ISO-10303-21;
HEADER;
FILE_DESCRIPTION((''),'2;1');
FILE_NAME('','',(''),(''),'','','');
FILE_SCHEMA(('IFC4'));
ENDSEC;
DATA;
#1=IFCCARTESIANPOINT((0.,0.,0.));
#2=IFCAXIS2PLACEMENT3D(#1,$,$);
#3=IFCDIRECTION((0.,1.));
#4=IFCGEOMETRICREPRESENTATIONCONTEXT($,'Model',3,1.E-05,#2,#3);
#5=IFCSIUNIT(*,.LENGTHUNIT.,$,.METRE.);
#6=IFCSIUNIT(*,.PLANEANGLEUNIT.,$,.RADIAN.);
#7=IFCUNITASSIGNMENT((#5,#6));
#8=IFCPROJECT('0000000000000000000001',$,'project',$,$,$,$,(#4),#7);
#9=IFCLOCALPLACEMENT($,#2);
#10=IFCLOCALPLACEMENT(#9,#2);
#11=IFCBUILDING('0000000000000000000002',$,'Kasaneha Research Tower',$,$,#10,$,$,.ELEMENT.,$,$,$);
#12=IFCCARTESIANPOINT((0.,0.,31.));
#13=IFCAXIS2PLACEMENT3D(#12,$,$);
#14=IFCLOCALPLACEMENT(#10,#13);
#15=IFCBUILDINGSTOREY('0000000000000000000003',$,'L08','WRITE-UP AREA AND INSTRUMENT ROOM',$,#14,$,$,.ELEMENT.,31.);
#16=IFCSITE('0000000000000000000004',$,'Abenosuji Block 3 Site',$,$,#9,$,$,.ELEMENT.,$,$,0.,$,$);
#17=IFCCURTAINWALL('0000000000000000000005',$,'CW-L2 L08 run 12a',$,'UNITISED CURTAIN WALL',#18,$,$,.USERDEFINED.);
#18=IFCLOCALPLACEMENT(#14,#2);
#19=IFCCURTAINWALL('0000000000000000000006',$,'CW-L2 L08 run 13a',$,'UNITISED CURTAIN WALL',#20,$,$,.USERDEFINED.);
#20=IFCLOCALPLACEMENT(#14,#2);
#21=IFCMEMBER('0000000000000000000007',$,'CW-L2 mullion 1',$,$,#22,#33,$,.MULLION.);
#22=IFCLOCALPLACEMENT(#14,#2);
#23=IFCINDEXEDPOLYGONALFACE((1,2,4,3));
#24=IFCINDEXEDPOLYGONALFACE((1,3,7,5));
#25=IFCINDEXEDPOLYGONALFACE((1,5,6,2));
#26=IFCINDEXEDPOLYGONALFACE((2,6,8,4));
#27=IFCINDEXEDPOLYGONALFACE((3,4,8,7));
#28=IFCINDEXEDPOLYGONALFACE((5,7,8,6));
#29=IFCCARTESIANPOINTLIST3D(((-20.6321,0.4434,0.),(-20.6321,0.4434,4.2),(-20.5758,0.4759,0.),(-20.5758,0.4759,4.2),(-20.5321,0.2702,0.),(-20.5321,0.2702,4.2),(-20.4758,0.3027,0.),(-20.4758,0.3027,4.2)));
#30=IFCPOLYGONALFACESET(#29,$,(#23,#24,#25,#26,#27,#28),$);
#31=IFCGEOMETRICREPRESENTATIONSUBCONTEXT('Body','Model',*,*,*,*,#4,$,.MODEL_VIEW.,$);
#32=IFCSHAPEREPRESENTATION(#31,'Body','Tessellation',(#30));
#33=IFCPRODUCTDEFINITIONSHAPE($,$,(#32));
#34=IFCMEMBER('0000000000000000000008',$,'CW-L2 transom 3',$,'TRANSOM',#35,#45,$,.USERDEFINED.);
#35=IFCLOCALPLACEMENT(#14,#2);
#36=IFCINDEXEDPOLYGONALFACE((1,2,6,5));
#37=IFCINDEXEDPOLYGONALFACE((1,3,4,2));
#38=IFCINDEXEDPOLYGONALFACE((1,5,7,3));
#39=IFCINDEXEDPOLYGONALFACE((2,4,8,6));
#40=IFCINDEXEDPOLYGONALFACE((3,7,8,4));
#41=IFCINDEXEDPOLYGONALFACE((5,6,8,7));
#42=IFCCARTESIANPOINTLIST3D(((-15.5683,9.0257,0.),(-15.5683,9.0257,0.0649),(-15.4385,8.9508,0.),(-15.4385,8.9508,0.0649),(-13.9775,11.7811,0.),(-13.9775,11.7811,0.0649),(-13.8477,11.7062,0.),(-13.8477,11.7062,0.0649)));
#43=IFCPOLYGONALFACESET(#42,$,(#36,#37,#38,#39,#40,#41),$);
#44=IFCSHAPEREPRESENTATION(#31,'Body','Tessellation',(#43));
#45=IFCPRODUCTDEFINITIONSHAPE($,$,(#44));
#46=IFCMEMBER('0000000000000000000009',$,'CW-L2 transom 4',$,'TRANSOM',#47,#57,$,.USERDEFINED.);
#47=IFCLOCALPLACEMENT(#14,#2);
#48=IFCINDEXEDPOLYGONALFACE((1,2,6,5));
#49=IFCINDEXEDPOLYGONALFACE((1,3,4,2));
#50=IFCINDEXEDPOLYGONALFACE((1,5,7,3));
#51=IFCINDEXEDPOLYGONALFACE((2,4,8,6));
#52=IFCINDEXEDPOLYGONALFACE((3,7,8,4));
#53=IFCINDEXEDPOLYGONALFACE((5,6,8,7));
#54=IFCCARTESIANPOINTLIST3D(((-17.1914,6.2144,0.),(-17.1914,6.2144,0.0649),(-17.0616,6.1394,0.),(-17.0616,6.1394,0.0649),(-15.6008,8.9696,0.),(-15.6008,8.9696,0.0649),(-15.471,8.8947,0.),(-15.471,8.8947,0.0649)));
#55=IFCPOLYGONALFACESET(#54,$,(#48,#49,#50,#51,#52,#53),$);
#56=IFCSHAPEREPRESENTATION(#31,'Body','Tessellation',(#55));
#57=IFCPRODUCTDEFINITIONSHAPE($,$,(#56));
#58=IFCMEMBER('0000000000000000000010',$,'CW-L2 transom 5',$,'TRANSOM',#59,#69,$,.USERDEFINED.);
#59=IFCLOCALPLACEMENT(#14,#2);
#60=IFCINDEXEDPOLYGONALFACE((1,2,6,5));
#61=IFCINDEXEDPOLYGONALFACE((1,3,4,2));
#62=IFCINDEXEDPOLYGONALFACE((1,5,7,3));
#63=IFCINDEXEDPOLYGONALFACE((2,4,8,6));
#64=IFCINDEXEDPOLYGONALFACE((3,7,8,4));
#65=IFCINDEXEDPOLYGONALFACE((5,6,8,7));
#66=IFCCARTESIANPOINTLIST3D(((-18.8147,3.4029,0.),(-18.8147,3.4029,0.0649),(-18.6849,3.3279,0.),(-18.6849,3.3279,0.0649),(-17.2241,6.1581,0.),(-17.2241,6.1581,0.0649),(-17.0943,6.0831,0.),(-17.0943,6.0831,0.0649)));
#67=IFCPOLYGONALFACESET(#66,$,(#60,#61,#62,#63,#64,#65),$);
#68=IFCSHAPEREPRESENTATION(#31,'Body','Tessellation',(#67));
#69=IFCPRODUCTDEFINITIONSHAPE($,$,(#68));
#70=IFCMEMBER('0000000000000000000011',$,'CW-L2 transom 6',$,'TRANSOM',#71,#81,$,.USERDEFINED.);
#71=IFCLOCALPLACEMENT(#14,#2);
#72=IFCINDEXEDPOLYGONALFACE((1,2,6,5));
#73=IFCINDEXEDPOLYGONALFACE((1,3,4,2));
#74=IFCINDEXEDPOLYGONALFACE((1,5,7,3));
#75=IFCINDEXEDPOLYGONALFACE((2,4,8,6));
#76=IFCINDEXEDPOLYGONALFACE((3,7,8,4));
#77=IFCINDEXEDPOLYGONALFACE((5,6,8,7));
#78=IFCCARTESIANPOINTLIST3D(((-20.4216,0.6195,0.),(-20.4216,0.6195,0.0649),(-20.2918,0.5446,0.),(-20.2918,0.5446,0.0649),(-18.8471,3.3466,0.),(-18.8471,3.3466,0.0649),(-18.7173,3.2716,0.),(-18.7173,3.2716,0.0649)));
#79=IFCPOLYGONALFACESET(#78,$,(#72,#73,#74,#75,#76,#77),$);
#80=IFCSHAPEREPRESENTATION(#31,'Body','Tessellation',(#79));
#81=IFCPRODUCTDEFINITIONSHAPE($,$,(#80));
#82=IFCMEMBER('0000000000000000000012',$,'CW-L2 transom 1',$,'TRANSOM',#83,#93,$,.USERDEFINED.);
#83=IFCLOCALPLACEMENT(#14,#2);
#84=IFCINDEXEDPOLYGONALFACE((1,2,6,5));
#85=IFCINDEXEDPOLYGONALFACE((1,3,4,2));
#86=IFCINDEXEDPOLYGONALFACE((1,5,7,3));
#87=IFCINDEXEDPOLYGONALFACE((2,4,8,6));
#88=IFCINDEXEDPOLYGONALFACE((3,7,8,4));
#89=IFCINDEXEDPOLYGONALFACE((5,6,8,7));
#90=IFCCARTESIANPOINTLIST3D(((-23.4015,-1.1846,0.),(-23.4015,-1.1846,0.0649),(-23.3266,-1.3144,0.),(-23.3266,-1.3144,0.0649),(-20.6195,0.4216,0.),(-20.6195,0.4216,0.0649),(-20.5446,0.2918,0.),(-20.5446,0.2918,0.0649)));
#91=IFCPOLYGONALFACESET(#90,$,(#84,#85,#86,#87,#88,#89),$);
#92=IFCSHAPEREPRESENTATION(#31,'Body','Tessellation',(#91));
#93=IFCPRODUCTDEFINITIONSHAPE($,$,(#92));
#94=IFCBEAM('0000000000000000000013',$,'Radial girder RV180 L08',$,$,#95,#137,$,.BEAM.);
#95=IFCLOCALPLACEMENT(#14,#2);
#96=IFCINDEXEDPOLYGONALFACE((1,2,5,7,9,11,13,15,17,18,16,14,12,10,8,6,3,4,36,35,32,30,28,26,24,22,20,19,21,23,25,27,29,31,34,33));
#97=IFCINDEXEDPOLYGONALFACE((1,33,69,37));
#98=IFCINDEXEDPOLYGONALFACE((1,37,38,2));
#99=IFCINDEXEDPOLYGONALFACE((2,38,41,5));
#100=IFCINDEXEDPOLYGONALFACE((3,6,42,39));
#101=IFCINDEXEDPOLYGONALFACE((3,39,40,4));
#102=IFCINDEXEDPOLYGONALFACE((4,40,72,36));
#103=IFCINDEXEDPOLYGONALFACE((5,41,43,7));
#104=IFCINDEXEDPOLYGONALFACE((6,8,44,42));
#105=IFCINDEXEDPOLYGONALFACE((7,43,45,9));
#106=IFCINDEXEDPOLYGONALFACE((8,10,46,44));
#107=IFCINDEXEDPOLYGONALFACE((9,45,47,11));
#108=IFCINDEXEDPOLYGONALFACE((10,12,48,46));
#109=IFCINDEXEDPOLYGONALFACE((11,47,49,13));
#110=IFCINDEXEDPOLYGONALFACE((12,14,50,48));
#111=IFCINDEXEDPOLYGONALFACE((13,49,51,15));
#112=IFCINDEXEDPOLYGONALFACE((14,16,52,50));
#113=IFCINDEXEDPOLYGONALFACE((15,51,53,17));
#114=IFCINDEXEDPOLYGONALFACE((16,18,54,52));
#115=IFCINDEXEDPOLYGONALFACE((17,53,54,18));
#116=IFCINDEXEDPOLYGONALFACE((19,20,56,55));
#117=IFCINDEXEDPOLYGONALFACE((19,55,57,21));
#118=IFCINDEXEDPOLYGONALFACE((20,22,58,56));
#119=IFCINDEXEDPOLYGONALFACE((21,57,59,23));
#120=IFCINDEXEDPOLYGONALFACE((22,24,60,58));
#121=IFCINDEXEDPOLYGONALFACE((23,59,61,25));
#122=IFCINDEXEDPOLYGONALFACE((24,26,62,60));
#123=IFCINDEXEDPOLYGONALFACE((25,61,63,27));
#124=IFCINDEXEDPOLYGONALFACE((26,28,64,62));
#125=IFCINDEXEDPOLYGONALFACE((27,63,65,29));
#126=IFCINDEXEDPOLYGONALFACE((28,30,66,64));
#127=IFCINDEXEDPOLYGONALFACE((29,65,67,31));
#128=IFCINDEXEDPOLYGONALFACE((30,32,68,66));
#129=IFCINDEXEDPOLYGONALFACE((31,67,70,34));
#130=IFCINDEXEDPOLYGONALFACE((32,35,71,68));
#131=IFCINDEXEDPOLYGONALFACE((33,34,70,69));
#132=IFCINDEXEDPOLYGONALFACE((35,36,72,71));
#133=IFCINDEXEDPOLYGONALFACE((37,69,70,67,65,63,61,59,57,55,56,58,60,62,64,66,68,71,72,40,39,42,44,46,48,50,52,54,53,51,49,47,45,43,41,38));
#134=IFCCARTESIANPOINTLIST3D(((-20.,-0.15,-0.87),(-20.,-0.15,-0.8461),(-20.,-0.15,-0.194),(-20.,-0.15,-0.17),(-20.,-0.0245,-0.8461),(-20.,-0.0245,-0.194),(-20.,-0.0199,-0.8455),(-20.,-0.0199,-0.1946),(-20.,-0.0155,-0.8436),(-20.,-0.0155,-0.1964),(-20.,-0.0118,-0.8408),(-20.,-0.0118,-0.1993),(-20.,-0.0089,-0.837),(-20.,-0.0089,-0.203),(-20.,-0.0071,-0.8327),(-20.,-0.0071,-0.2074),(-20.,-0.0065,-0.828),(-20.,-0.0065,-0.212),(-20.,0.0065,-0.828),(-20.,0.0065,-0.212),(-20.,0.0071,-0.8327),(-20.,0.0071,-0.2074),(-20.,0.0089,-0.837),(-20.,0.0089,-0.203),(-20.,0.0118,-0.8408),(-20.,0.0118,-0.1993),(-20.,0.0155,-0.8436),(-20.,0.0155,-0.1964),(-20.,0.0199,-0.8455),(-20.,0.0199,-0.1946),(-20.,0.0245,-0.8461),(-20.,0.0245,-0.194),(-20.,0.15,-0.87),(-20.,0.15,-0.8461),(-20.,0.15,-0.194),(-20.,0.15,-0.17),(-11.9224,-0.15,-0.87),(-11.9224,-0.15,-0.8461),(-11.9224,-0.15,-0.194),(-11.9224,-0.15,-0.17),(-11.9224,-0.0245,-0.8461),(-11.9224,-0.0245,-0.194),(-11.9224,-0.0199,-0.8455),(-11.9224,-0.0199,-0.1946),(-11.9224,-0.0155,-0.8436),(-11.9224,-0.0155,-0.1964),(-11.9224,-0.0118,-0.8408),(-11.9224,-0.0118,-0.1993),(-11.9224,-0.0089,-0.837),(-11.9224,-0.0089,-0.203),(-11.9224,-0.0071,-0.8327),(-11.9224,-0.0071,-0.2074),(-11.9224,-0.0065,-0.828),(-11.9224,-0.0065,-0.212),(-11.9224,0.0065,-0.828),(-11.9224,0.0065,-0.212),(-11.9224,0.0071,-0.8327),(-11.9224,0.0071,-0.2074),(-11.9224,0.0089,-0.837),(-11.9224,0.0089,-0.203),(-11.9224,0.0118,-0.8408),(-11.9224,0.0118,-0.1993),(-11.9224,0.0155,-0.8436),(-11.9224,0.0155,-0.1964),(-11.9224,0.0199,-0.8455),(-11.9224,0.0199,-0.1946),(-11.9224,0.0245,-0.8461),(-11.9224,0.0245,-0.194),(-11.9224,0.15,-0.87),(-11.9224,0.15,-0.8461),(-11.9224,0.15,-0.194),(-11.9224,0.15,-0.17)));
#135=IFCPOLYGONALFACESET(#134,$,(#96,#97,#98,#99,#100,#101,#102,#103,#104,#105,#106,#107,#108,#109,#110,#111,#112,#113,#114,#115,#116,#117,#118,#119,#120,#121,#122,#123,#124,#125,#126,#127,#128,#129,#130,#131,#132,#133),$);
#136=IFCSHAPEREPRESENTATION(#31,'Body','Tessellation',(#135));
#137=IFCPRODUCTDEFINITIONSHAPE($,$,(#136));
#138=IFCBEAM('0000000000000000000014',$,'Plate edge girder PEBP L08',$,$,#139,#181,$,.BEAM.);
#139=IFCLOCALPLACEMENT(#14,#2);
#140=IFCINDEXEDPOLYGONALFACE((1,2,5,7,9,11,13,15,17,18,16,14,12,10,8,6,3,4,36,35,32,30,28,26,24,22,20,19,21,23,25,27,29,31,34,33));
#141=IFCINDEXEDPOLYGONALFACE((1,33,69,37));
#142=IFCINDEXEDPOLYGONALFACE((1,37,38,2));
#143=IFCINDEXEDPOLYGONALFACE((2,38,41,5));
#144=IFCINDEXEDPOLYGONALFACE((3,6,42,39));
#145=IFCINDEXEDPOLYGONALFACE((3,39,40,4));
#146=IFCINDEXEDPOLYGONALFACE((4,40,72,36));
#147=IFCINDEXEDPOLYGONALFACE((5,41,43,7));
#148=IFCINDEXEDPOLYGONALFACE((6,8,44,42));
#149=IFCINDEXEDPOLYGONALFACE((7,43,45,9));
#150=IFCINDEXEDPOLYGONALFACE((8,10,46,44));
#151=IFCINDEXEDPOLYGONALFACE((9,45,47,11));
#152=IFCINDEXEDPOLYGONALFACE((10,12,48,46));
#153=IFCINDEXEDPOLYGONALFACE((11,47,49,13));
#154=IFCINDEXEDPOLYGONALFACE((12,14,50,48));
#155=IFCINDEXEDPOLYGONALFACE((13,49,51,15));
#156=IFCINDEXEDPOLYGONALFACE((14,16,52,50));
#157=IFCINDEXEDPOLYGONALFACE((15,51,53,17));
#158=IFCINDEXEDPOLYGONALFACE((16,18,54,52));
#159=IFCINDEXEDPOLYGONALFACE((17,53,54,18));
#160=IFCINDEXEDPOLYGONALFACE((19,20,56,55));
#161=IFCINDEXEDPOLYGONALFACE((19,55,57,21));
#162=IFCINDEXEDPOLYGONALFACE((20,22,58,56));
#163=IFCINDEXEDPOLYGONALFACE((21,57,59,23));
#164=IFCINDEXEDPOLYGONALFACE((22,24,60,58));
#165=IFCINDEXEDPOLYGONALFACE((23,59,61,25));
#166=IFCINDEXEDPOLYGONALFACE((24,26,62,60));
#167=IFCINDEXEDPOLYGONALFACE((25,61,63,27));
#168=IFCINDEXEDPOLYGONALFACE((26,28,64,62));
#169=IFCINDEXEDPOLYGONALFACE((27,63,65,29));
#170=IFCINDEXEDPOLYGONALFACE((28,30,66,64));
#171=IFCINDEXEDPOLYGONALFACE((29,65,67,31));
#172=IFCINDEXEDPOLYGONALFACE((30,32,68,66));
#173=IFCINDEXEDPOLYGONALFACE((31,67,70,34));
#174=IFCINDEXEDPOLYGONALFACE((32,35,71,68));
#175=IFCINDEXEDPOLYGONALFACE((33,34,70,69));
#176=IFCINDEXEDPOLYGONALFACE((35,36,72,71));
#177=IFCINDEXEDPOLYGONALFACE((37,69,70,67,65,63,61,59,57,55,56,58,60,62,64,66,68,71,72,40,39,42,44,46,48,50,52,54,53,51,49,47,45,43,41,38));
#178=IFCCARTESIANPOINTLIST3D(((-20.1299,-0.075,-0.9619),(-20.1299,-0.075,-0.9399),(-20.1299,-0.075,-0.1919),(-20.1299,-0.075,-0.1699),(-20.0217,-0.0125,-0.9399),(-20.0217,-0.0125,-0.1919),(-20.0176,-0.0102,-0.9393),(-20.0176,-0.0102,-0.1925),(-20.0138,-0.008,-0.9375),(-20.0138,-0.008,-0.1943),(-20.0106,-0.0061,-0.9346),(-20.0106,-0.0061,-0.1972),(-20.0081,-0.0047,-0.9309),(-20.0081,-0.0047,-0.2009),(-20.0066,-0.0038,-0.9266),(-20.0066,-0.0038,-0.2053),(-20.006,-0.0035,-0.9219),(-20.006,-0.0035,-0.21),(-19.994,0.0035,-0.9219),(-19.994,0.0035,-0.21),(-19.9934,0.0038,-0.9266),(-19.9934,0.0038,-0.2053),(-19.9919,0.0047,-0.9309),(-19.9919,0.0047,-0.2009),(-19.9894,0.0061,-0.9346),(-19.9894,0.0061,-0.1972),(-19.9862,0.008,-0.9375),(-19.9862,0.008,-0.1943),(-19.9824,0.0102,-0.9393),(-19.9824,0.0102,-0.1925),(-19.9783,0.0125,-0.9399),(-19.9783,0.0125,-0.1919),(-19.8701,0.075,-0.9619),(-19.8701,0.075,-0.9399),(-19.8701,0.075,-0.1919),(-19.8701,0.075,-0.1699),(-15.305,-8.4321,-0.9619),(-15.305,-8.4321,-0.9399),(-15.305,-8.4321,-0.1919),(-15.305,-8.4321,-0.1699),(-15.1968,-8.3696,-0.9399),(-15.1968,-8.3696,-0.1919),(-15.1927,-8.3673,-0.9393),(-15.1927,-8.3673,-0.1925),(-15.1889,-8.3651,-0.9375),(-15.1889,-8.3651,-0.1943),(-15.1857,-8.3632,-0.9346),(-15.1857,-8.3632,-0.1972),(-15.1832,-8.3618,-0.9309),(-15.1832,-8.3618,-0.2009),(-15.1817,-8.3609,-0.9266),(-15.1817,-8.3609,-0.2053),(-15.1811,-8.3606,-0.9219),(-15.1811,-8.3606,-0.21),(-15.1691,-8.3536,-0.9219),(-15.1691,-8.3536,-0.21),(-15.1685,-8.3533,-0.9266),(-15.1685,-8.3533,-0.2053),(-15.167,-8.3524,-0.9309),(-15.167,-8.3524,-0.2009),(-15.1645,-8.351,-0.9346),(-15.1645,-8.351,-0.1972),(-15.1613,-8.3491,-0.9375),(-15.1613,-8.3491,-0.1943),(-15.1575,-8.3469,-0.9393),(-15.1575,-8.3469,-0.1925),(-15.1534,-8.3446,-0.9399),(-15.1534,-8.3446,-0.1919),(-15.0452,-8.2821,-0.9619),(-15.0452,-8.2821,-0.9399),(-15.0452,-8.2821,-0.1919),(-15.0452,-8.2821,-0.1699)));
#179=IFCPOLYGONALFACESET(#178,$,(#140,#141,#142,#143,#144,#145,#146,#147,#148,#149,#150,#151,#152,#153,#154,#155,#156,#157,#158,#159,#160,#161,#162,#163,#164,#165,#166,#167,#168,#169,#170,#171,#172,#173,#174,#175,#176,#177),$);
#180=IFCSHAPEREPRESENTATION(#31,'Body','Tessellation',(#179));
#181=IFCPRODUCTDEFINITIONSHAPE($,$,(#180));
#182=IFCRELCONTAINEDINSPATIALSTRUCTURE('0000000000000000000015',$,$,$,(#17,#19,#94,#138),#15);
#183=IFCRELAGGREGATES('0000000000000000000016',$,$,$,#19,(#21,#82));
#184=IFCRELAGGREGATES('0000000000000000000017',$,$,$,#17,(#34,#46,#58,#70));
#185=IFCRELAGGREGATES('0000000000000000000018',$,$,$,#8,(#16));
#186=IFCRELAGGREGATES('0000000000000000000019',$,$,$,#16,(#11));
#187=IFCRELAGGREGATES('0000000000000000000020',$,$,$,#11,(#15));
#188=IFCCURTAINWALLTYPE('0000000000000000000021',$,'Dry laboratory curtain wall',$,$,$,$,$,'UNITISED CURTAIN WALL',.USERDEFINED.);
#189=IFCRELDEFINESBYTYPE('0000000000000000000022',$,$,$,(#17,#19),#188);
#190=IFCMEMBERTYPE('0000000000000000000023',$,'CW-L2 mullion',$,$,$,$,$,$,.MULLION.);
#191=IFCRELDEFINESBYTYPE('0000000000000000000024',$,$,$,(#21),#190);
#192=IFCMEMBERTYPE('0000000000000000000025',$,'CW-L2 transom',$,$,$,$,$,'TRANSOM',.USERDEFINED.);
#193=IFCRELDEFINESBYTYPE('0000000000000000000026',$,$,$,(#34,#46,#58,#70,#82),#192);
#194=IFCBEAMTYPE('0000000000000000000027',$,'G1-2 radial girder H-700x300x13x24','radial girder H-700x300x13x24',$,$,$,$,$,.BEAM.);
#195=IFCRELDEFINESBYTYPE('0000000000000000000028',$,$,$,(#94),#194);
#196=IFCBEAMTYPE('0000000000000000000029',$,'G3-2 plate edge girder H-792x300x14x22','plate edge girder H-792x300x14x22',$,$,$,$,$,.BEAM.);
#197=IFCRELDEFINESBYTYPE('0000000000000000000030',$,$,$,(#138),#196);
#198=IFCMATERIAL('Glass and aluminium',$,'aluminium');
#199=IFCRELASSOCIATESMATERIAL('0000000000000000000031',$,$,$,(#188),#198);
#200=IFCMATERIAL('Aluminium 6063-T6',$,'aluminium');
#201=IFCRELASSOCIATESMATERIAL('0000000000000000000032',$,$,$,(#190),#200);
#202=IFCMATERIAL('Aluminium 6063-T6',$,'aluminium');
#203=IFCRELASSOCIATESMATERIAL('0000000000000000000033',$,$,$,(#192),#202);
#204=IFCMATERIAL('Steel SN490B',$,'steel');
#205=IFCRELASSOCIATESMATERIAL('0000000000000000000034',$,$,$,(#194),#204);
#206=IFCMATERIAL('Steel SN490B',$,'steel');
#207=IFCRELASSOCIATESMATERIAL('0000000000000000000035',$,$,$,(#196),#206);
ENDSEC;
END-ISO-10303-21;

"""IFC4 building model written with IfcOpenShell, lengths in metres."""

from ifc_helpers import new_model, si_unit, direction, frame, origin, origin_2d, place, context, subcontext, project, spatial, rectangle, i_section, extrude, material, material_profile, profile_set, type_object, element, aggregate, save


model = new_model("IFC4")

# Units and contexts
model_context = context("Model", 3, precision=1e-05, world=origin(), true_north=direction((0.0, 1.0)))
body_context = subcontext(model_context, "Body", "Model", "MODEL_VIEW")
ifc_project = project(units=[si_unit("LENGTHUNIT", "METRE"), si_unit("PLANEANGLEUNIT", "RADIAN")], contexts=[model_context])

# Site, building, storey
site_placement = place(None, origin())
site = spatial("IfcSite", under=ifc_project, at=site_placement, Name="Abenosuji Block 3 Site", CompositionType="ELEMENT", RefElevation=0.0)
building_placement = place(site_placement, origin())
building = spatial("IfcBuilding", under=site, at=building_placement, Name="Kasaneha Research Tower", CompositionType="ELEMENT")
storey_placement = place(building_placement, frame((0.0, 0.0, 31.0)))
storey = spatial("IfcBuildingStorey", under=building, at=storey_placement, Name="L08", Description="WRITE-UP AREA AND INSTRUMENT ROOM", CompositionType="ELEMENT", Elevation=31.0)

# Curtain wall
ifc_material_1 = material(Name="Glass and aluminium", Category="aluminium")
curtain_wall_type = type_object("IfcCurtainWallType", Name="Dry laboratory curtain wall", ElementType="UNITISED CURTAIN WALL", PredefinedType="USERDEFINED", material=ifc_material_1)
curtain_wall_1_placement = place(storey_placement, origin())
curtain_wall_1 = element("IfcCurtainWall", 1, at=curtain_wall_1_placement, inside=storey, type_object=curtain_wall_type, Name="CW-L2 L08 run 12a", ObjectType="UNITISED CURTAIN WALL", PredefinedType="USERDEFINED")
ifc_material_2 = material(Name="Aluminium 6063-T6", Category="aluminium")
ifc_material_profile_1 = material_profile(ifc_material_2, rectangle(XDim=0.0649, YDim=0.2, at=origin_2d()), Name="CW-L2 mullion 65x200")
ifc_profile_set_1 = profile_set([ifc_material_profile_1], Name="Aluminium 6063-T6")
member_type_1 = type_object("IfcMemberType", Name="CW-L2 mullion", PredefinedType="MULLION", material=ifc_profile_set_1)

# Curtain wall, member
curtain_wall_2_placement = place(storey_placement, origin())
curtain_wall_2 = element("IfcCurtainWall", 2, at=curtain_wall_2_placement, inside=storey, type_object=curtain_wall_type, Name="CW-L2 L08 run 13a", ObjectType="UNITISED CURTAIN WALL", PredefinedType="USERDEFINED")
member_1_placement = place(storey_placement, frame((-20.554, 0.373, 0.0), z_axis=(0.0, 0.0, 1.0), x_axis=(-0.866025, -0.5, 0.0)))
member_1 = element("IfcMember", 3, at=member_1_placement, type_object=member_type_1, Name="CW-L2 mullion 1", PredefinedType="MULLION", context=body_context, shape_type="SweptSolid", body=[
    extrude(rectangle(XDim=0.0649, YDim=0.2, at=origin_2d()), origin(), (0.0, 0.0, 1.0), 4.2),
])

# Members
ifc_material_3 = material(Name="Aluminium 6063-T6", Category="aluminium")
ifc_material_profile_2 = material_profile(ifc_material_3, rectangle(XDim=0.1499, YDim=0.0649, at=origin_2d()), Name="CW-L2 transom 150x65")
ifc_profile_set_2 = profile_set([ifc_material_profile_2], Name="Aluminium 6063-T6")
member_type_2 = type_object("IfcMemberType", Name="CW-L2 transom", ElementType="TRANSOM", PredefinedType="USERDEFINED", material=ifc_profile_set_2)
member_2_placement = place(storey_placement, frame((-13.9126, 11.7437, 0.0325), z_axis=(-0.500001, -0.866025, 0.0), x_axis=(0.866025, -0.500001, 0.0)))
member_2 = element("IfcMember", 4, at=member_2_placement, type_object=member_type_2, Name="CW-L2 transom 3", ObjectType="TRANSOM", PredefinedType="USERDEFINED", context=body_context, shape_type="SweptSolid", body=[
    extrude(rectangle(XDim=0.1499, YDim=0.0649, at=origin_2d()), origin(), (0.0, 0.0, 1.0), 3.1816),
])
member_3_placement = place(storey_placement, frame((-15.5359, 8.9321, 0.0325), z_axis=(-0.499977, -0.866039, 0.0), x_axis=(0.866039, -0.499977, 0.0)))
member_3 = element("IfcMember", 5, at=member_3_placement, type_object=member_type_2, Name="CW-L2 transom 4", ObjectType="TRANSOM", PredefinedType="USERDEFINED", context=body_context, shape_type="SweptSolid", body=[
    extrude(rectangle(XDim=0.1499, YDim=0.0649, at=origin_2d()), origin(), (0.0, 0.0, 1.0), 3.1814),
])
member_4_placement = place(storey_placement, frame((-17.1592, 6.1206, 0.0325), z_axis=(-0.499977, -0.866039, 0.0), x_axis=(0.866039, -0.499977, 0.0)))
member_4 = element("IfcMember", 6, at=member_4_placement, type_object=member_type_2, Name="CW-L2 transom 5", ObjectType="TRANSOM", PredefinedType="USERDEFINED", context=body_context, shape_type="SweptSolid", body=[
    extrude(rectangle(XDim=0.1499, YDim=0.0649, at=origin_2d()), origin(), (0.0, 0.0, 1.0), 3.1814),
])
member_5_placement = place(storey_placement, frame((-18.7822, 3.3091, 0.0325), z_axis=(-0.5, -0.866025, 0.0), x_axis=(0.866025, -0.5, 0.0)))
member_5 = element("IfcMember", 7, at=member_5_placement, type_object=member_type_2, Name="CW-L2 transom 6", ObjectType="TRANSOM", PredefinedType="USERDEFINED", context=body_context, shape_type="SweptSolid", body=[
    extrude(rectangle(XDim=0.1499, YDim=0.0649, at=origin_2d()), origin(), (0.0, 0.0, 1.0), 3.1489),
])
member_6_placement = place(storey_placement, frame((-20.582, 0.3567, 0.0325), z_axis=(-0.866022, -0.500005, 0.0), x_axis=(0.500005, -0.866022, 0.0)))
member_6 = element("IfcMember", 8, at=member_6_placement, type_object=member_type_2, Name="CW-L2 transom 1", ObjectType="TRANSOM", PredefinedType="USERDEFINED", context=body_context, shape_type="SweptSolid", body=[
    extrude(rectangle(XDim=0.1499, YDim=0.0649, at=origin_2d()), origin(), (0.0, 0.0, 1.0), 3.2124),
])
aggregate(curtain_wall_2, [member_1, member_6])

# Beams
ifc_material_4 = material(Name="Steel SN490B", Category="steel")
ifc_material_profile_3 = material_profile(ifc_material_4, i_section(OverallWidth=0.3, OverallDepth=0.7, WebThickness=0.0129, FlangeThickness=0.0239, FilletRadius=0.0181, at=origin_2d()), Name="H-700x300x13x24")
ifc_profile_set_3 = profile_set([ifc_material_profile_3], Name="Steel SN490B")
beam_type_1 = type_object("IfcBeamType", Name="G1-2 radial girder H-700x300x13x24", Description="radial girder H-700x300x13x24", PredefinedType="BEAM", material=ifc_profile_set_3)
beam_1_placement = place(storey_placement, frame((-11.9224, 0.0, -0.52), z_axis=(-1.0, 0.0, 0.0), x_axis=(0.0, -1.0, 0.0)))
element("IfcBeam", 9, at=beam_1_placement, inside=storey, type_object=beam_type_1, Name="Radial girder RV180 L08", PredefinedType="BEAM", context=body_context, shape_type="SweptSolid", body=[
    extrude(i_section(OverallWidth=0.3, OverallDepth=0.7, WebThickness=0.0129, FlangeThickness=0.0239, FilletRadius=0.0181, at=origin_2d()), origin(), (0.0, 0.0, 1.0), 8.0776),
])
ifc_material_5 = material(Name="Steel SN490B", Category="steel")
ifc_material_profile_4 = material_profile(ifc_material_5, i_section(OverallWidth=0.3, OverallDepth=0.792, WebThickness=0.0139, FlangeThickness=0.022, FilletRadius=0.0181, at=origin_2d()), Name="H-792x300x14x22")
ifc_profile_set_4 = profile_set([ifc_material_profile_4], Name="Steel SN490B")
beam_type_2 = type_object("IfcBeamType", Name="G3-2 plate edge girder H-792x300x14x22", Description="plate edge girder H-792x300x14x22", PredefinedType="BEAM", material=ifc_profile_set_4)
beam_2_placement = place(storey_placement, frame((-20.0, 0.0, -0.5659), z_axis=(0.499995, -0.866028, 0.0), x_axis=(0.866028, 0.499995, 0.0)))
element("IfcBeam", 10, at=beam_2_placement, inside=storey, type_object=beam_type_2, Name="Plate edge girder PEBP L08", PredefinedType="BEAM", context=body_context, shape_type="SweptSolid", body=[
    extrude(i_section(OverallWidth=0.3, OverallDepth=0.792, WebThickness=0.0139, FlangeThickness=0.022, FilletRadius=0.0181, at=origin_2d()), origin(), (0.0, 0.0, 1.0), 9.6499),
])

aggregate(curtain_wall_1, [member_2, member_3, member_4, member_5])

save(model, "model.ifc")
